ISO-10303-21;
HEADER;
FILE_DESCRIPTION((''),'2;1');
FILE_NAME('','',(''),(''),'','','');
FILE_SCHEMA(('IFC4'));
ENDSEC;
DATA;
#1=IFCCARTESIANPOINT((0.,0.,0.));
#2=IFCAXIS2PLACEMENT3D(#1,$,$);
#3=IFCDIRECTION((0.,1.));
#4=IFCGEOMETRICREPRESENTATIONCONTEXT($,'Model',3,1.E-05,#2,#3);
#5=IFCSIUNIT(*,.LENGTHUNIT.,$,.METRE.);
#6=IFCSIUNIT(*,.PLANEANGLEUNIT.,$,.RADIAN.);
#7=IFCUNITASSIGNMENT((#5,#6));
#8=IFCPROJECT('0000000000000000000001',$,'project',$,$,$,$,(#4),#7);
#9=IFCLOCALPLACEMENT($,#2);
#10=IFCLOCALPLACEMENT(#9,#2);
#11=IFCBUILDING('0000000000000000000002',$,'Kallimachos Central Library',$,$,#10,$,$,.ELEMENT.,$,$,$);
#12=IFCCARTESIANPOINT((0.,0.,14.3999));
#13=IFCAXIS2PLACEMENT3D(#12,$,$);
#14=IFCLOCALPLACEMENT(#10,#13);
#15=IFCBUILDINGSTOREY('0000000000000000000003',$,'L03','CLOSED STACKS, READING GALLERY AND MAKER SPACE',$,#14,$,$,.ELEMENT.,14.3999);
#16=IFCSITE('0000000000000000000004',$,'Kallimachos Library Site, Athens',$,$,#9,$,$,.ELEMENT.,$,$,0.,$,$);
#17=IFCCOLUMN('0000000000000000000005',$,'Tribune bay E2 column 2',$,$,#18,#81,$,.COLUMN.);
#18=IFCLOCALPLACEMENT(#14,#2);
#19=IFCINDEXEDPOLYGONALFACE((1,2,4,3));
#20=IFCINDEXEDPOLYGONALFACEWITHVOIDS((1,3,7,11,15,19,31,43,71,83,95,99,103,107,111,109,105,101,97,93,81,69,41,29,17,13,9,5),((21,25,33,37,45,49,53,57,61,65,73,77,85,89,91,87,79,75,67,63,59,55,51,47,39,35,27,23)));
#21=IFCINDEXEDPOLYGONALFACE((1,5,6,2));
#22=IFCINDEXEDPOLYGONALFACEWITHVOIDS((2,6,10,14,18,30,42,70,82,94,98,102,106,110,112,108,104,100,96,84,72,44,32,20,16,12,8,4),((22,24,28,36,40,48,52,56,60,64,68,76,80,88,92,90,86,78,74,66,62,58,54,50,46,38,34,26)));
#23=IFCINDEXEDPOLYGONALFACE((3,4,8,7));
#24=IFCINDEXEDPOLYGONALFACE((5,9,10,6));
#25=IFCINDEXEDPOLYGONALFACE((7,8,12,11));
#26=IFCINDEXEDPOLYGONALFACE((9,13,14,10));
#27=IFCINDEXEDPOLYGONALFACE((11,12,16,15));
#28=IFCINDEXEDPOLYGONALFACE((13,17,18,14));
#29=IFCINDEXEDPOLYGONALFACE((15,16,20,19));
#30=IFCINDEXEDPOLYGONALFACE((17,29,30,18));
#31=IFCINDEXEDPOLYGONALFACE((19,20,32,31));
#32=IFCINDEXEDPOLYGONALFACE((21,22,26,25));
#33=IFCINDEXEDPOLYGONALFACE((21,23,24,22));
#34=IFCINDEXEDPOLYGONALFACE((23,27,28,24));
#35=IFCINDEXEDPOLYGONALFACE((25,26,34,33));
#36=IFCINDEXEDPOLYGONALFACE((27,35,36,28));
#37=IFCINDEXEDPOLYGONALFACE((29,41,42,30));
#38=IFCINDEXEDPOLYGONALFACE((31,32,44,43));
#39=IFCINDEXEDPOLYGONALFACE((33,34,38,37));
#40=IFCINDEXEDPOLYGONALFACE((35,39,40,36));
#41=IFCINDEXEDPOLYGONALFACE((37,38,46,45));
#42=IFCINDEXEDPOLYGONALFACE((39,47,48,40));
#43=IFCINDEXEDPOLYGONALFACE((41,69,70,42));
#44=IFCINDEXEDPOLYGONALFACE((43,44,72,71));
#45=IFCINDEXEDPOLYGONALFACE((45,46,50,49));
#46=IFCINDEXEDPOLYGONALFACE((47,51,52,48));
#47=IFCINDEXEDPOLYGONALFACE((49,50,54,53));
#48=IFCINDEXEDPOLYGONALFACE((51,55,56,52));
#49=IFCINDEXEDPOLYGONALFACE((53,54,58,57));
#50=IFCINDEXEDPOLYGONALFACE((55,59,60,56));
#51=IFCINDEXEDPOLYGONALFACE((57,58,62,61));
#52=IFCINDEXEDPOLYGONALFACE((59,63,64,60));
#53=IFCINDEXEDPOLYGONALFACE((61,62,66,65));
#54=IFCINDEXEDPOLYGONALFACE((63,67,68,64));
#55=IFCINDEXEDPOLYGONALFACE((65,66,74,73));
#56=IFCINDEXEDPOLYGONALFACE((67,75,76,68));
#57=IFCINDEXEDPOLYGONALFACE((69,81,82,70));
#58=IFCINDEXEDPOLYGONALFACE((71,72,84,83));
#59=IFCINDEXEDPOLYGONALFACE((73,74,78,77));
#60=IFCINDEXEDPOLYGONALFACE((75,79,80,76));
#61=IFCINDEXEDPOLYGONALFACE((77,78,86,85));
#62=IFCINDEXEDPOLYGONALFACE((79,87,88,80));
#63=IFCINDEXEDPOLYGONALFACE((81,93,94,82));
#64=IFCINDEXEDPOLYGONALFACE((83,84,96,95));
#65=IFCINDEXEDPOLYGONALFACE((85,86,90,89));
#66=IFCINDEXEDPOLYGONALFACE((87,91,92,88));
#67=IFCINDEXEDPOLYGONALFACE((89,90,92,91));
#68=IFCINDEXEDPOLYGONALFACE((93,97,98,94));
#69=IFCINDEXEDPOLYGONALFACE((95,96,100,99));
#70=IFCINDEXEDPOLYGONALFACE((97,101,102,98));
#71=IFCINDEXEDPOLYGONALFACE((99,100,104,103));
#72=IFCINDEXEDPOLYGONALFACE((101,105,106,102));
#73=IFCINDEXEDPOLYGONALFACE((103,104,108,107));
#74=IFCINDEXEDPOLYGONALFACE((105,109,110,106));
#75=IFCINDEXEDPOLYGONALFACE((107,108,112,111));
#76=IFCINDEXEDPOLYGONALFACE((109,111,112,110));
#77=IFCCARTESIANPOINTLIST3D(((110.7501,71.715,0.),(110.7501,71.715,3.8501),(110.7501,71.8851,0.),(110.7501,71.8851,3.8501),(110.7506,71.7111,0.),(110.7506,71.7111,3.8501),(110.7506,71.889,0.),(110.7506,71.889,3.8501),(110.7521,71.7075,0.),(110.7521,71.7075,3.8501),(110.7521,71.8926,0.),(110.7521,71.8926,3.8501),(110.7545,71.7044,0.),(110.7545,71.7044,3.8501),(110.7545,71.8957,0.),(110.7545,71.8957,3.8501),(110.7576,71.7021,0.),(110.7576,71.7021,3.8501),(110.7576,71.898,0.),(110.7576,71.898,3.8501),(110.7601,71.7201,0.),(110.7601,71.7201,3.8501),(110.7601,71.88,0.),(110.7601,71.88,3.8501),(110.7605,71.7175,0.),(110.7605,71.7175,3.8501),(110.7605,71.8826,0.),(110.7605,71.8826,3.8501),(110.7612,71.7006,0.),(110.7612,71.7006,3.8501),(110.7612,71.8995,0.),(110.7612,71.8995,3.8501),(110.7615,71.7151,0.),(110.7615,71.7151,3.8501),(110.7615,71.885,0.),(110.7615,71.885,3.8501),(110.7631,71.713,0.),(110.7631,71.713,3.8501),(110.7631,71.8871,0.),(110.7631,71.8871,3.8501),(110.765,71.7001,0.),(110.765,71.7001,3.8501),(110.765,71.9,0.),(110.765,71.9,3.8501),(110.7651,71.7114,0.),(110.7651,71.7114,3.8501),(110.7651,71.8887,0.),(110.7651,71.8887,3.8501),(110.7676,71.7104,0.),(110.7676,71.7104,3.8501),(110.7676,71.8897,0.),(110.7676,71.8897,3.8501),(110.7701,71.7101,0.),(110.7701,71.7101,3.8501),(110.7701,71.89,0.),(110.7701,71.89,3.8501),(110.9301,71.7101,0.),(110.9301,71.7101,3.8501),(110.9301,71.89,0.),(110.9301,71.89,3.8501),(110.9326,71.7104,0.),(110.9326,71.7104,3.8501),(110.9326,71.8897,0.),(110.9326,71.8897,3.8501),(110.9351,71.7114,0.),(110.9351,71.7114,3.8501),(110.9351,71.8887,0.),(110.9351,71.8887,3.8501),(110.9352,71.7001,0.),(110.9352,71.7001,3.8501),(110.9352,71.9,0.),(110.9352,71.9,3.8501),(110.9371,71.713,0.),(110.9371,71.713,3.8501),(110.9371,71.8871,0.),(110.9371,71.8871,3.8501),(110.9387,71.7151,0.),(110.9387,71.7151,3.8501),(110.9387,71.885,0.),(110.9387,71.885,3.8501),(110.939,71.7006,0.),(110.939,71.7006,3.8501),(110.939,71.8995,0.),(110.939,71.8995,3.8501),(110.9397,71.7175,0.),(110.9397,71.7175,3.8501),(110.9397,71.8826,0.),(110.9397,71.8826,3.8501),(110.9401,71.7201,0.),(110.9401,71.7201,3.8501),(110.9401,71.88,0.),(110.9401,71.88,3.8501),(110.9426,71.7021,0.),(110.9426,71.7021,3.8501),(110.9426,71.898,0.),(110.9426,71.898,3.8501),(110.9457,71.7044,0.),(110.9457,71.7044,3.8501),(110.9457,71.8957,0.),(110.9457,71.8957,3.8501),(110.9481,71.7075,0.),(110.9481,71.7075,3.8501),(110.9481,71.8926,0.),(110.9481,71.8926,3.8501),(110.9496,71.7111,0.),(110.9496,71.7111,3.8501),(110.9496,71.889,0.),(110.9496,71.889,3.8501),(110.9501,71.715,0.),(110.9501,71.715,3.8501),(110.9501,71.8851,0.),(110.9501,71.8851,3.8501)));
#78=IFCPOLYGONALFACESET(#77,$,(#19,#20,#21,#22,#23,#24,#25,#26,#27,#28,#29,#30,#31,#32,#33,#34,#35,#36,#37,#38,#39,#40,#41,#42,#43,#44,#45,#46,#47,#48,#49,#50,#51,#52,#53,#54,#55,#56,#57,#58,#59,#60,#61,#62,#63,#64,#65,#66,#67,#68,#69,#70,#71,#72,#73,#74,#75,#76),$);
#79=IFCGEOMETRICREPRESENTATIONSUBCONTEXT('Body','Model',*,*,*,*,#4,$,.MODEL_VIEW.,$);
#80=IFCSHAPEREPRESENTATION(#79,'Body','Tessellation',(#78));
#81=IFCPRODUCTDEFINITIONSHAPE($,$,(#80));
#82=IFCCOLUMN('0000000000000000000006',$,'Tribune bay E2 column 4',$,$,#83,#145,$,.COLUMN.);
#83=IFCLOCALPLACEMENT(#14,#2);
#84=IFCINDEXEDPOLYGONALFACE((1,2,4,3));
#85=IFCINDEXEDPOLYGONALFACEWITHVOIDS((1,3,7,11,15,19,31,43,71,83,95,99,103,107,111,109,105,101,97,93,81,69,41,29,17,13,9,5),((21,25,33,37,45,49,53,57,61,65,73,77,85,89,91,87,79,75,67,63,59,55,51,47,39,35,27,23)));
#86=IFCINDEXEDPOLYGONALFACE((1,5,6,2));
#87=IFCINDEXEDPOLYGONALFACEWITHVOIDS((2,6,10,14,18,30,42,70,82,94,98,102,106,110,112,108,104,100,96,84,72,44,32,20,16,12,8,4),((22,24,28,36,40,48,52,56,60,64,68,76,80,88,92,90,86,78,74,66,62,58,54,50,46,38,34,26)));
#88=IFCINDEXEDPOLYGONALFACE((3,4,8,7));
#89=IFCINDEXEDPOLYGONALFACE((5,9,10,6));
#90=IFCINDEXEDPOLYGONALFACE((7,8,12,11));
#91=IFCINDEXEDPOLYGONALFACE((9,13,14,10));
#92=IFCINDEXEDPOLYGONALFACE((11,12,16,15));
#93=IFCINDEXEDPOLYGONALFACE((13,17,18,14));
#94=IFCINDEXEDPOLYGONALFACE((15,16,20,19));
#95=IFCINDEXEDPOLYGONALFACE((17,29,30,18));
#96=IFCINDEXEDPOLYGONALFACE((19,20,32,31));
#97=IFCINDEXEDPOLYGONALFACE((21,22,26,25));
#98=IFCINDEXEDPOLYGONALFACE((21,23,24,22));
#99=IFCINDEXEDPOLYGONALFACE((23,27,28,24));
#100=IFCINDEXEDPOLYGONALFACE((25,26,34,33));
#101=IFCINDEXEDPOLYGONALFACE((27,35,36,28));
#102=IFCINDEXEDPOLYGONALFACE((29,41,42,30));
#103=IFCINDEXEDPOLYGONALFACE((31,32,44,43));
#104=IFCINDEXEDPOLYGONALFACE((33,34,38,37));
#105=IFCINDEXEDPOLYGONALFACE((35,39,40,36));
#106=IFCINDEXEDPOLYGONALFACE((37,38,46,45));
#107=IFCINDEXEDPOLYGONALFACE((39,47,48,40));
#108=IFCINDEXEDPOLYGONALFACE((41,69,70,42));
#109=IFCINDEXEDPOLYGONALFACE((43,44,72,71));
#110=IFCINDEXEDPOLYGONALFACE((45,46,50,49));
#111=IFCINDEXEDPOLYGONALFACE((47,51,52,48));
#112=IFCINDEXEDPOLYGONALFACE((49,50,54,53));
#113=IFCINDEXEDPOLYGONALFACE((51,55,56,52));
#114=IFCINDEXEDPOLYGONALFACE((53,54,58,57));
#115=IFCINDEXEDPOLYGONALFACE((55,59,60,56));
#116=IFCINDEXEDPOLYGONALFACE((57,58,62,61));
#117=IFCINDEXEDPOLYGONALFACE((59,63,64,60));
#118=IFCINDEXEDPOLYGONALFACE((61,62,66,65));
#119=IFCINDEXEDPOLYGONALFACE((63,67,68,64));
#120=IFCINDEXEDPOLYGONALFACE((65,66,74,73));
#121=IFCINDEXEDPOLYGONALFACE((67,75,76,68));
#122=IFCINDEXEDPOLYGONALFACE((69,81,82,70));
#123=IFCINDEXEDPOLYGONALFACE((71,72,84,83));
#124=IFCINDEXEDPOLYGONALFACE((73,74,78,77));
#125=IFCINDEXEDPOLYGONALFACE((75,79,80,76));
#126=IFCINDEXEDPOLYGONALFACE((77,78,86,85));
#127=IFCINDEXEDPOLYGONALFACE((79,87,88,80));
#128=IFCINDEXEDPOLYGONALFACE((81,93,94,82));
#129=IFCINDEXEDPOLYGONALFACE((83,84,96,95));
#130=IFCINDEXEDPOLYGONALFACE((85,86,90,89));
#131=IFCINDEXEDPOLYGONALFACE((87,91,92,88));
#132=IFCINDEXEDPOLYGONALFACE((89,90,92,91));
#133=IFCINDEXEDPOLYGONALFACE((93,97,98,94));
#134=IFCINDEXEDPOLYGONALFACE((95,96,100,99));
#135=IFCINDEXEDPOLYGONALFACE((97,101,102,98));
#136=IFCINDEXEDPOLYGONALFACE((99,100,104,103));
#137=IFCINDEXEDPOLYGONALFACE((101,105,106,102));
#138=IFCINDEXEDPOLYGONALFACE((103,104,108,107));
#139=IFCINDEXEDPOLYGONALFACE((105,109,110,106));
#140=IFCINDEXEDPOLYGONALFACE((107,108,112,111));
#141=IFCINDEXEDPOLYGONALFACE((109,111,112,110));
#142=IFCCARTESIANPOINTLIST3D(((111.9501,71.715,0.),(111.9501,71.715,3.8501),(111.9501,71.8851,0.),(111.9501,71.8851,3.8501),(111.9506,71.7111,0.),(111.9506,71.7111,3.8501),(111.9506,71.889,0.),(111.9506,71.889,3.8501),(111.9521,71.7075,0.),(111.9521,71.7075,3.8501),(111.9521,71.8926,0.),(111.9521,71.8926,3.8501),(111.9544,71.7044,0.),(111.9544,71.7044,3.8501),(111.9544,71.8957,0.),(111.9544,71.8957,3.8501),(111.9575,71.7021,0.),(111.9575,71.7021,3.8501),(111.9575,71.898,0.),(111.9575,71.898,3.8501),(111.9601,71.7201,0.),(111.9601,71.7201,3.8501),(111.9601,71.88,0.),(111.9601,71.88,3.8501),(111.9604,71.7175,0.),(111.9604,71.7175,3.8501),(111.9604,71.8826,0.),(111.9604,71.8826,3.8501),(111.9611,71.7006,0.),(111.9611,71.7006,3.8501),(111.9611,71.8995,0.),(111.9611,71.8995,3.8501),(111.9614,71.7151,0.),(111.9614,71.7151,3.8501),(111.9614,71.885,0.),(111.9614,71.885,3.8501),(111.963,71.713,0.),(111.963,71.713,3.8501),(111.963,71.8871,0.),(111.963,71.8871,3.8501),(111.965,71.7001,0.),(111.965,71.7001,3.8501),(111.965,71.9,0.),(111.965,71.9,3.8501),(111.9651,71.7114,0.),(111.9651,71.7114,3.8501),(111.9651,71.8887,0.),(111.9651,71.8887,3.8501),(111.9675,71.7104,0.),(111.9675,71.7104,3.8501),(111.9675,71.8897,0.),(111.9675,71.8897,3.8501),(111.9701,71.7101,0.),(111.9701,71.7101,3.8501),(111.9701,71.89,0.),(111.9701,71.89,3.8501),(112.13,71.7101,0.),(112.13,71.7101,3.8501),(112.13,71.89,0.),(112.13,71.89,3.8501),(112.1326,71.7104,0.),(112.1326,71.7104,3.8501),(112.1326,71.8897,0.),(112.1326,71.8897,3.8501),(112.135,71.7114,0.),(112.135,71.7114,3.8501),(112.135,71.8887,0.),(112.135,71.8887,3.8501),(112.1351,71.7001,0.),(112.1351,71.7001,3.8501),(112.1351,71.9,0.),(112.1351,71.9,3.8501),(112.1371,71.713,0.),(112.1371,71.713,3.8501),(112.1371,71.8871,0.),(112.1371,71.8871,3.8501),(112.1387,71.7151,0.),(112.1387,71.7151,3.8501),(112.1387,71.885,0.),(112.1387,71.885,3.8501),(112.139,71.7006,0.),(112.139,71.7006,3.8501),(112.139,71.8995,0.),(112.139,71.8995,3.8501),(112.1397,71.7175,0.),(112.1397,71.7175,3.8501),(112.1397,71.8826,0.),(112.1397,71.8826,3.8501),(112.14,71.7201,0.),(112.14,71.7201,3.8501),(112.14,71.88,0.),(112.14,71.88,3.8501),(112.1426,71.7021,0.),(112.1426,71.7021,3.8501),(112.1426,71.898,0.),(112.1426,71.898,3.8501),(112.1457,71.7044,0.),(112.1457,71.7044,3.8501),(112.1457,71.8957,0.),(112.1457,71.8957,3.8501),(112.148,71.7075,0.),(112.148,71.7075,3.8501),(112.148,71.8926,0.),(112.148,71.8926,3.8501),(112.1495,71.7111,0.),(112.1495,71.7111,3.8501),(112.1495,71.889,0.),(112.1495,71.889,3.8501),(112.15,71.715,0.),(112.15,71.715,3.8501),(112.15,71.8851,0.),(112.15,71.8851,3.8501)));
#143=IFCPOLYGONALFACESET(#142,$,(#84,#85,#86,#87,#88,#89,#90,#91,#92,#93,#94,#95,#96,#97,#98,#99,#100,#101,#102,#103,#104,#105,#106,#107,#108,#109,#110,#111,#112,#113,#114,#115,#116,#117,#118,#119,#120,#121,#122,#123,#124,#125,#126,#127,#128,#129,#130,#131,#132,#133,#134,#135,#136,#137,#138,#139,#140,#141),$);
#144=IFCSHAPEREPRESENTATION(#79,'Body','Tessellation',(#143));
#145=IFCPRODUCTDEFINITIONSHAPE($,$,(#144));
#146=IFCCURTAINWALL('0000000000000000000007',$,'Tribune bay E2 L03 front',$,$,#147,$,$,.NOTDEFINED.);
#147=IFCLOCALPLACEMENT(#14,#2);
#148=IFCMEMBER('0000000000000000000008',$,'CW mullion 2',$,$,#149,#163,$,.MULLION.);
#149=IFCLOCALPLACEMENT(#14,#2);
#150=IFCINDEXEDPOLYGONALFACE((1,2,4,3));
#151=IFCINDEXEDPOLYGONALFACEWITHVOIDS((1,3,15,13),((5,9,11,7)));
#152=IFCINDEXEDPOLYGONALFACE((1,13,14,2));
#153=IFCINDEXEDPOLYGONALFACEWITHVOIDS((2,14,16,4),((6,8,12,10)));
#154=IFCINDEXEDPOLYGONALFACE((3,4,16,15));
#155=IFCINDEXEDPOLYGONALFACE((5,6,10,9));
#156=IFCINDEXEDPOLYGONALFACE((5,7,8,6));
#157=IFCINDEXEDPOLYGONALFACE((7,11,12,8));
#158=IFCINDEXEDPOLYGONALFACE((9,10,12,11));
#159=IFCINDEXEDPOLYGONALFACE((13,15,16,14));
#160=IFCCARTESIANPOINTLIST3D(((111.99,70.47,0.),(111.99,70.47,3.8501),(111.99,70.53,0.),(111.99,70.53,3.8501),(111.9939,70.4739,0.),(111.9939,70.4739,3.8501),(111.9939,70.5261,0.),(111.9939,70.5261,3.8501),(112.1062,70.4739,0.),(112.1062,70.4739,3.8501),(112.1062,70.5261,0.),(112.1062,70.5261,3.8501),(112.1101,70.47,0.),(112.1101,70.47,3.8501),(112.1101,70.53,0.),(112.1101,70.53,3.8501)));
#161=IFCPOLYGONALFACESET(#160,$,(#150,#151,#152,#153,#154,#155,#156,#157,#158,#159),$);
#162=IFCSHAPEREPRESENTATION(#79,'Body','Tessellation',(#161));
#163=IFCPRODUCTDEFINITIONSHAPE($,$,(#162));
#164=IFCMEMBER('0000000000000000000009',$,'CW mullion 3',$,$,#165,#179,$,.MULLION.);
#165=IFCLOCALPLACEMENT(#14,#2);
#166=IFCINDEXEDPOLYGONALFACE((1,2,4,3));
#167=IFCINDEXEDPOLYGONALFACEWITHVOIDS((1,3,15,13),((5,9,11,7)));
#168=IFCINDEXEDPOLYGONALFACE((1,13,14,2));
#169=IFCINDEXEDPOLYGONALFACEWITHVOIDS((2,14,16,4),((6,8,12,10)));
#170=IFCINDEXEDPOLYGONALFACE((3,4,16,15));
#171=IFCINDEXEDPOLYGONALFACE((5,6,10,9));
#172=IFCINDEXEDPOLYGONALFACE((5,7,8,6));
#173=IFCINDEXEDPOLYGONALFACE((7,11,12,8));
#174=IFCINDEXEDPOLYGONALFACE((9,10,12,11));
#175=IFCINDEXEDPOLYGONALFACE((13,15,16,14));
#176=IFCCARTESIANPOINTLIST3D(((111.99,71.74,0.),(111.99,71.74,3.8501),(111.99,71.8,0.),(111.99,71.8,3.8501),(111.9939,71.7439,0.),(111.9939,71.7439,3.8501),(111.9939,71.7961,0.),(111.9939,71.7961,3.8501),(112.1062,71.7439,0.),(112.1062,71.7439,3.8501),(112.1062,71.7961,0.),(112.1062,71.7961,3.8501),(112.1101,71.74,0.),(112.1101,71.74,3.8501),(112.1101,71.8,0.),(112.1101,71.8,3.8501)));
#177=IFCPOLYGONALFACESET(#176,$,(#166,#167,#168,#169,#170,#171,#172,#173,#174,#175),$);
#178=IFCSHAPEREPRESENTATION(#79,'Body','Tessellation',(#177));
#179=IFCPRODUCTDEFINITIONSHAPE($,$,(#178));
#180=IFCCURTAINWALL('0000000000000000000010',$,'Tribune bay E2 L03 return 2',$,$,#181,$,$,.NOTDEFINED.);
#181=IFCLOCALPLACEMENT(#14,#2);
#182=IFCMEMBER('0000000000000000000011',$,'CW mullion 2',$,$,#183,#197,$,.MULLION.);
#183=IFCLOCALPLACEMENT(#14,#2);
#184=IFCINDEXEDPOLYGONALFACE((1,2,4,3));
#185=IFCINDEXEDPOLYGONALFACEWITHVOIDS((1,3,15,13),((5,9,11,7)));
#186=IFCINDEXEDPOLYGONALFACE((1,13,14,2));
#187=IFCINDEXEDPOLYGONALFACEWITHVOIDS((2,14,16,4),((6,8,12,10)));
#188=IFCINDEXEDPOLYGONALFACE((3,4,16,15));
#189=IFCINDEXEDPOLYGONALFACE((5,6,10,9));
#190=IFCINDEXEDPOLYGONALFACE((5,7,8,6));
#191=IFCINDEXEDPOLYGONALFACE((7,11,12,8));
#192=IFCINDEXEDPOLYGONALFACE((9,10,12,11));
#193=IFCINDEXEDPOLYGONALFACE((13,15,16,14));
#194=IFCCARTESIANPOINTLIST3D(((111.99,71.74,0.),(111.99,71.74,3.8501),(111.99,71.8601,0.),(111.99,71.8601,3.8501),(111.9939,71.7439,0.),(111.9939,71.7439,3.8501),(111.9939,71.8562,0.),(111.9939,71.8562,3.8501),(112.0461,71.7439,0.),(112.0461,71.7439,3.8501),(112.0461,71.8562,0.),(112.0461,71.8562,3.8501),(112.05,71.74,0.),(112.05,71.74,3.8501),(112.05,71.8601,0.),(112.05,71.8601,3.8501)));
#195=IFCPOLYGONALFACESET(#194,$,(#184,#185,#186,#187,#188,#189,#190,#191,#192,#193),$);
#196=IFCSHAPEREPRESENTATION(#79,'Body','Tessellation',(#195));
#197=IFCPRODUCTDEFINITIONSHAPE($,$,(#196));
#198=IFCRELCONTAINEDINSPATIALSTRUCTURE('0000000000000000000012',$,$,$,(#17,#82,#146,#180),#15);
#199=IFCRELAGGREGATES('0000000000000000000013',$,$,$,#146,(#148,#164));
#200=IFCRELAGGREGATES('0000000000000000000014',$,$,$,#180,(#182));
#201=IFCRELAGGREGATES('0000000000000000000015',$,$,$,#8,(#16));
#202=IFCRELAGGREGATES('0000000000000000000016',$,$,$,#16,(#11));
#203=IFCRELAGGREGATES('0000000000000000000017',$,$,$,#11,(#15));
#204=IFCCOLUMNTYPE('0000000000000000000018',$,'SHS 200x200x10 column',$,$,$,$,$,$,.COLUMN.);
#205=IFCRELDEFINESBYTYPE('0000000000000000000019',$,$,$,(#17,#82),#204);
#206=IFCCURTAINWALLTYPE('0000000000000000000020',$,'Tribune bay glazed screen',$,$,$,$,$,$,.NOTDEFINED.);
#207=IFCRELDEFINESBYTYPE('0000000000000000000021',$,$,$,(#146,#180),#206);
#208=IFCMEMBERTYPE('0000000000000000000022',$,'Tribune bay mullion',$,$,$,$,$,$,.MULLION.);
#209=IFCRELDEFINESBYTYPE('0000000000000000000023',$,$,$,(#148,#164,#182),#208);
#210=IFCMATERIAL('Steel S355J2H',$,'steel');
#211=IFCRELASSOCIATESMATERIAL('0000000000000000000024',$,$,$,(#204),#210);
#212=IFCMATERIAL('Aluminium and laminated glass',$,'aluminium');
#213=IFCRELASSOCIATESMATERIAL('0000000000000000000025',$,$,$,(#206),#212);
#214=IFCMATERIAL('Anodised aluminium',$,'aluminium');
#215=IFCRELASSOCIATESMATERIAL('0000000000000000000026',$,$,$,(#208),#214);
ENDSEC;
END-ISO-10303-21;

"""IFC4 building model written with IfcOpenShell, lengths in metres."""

from ifc_helpers import new_model, si_unit, direction, frame, origin, origin_2d, place, context, subcontext, project, spatial, hollow_rectangle, extrude, material, material_profile, profile_set, type_object, element, aggregate, save


model = new_model("IFC4")

# Units and contexts
model_context = context("Model", 3, precision=1e-05, world=origin(), true_north=direction((0.0, 1.0)))
body_context = subcontext(model_context, "Body", "Model", "MODEL_VIEW")
ifc_project = project(units=[si_unit("LENGTHUNIT", "METRE"), si_unit("PLANEANGLEUNIT", "RADIAN")], contexts=[model_context])

# Site, building, storey
site_placement = place(None, origin())
site = spatial("IfcSite", under=ifc_project, at=site_placement, Name="Kallimachos Library Site, Athens", CompositionType="ELEMENT", RefElevation=0.0)
building_placement = place(site_placement, origin())
building = spatial("IfcBuilding", under=site, at=building_placement, Name="Kallimachos Central Library", CompositionType="ELEMENT")
storey_placement = place(building_placement, frame((0.0, 0.0, 14.3999)))
storey = spatial("IfcBuildingStorey", under=building, at=storey_placement, Name="L03", Description="CLOSED STACKS, READING GALLERY AND MAKER SPACE", CompositionType="ELEMENT", Elevation=14.3999)

# Columns
ifc_material_1 = material(Name="Steel S355J2H", Category="steel")
ifc_material_profile_1 = material_profile(ifc_material_1, hollow_rectangle(XDim=0.2, YDim=0.2, WallThickness=0.01, InnerFilletRadius=0.01, OuterFilletRadius=0.0149, at=origin_2d()), Name="SHS 200x200x10")
ifc_profile_set_1 = profile_set([ifc_material_profile_1], Name="Steel S355J2H")
column_type = type_object("IfcColumnType", Name="SHS 200x200x10 column", PredefinedType="COLUMN", material=ifc_profile_set_1)
for number, where, z_axis, x_axis, name in (
    (1, (110.8501, 71.8, 0.0), (0.0, 0.0, 1.0), (1.0, 0.0, 0.0), "Tribune bay E2 column 2"),
    (2, (112.05, 71.8, 0.0), (0.0, 0.0, 1.0), (1.0, 0.0, 0.0), "Tribune bay E2 column 4"),
):
    element("IfcColumn", number, at=place(storey_placement, frame(where, z_axis=z_axis, x_axis=x_axis)), inside=storey, type_object=column_type, Name=name, PredefinedType="COLUMN", context=body_context, shape_type="SweptSolid", body=[
        extrude(hollow_rectangle(XDim=0.2, YDim=0.2, WallThickness=0.01, InnerFilletRadius=0.01, OuterFilletRadius=0.0149, at=origin_2d()), origin(), (0.0, 0.0, 1.0), 3.8501),
    ])

# Curtain wall, members
ifc_material_2 = material(Name="Aluminium and laminated glass", Category="aluminium")
curtain_wall_type = type_object("IfcCurtainWallType", Name="Tribune bay glazed screen", PredefinedType="NOTDEFINED", material=ifc_material_2)
curtain_wall_1_placement = place(storey_placement, origin())
curtain_wall_1 = element("IfcCurtainWall", 3, at=curtain_wall_1_placement, inside=storey, type_object=curtain_wall_type, Name="Tribune bay E2 L03 front", PredefinedType="NOTDEFINED")
ifc_material_3 = material(Name="Anodised aluminium", Category="aluminium")
ifc_material_profile_2 = material_profile(ifc_material_3, hollow_rectangle(XDim=0.0601, YDim=0.1201, WallThickness=0.0039, at=origin_2d()), Name="ALU MULLION 60x120")
ifc_profile_set_2 = profile_set([ifc_material_profile_2], Name="Anodised aluminium")
member_type_1 = type_object("IfcMemberType", Name="Tribune bay mullion", PredefinedType="MULLION", material=ifc_profile_set_2)
member_1_placement = place(storey_placement, frame((112.05, 70.5, 0.0), z_axis=(0.0, 0.0, 1.0), x_axis=(0.0, 1.0, 0.0)))
member_1 = element("IfcMember", 4, at=member_1_placement, type_object=member_type_1, Name="CW mullion 2", PredefinedType="MULLION", context=body_context, shape_type="SweptSolid", body=[
    extrude(hollow_rectangle(XDim=0.0601, YDim=0.1201, WallThickness=0.0039, at=origin_2d()), origin(), (0.0, 0.0, 1.0), 3.8501),
])
member_2_placement = place(storey_placement, frame((112.05, 71.77, 0.0), z_axis=(0.0, 0.0, 1.0), x_axis=(0.0, 1.0, 0.0)))
member_2 = element("IfcMember", 5, at=member_2_placement, type_object=member_type_1, Name="CW mullion 3", PredefinedType="MULLION", context=body_context, shape_type="SweptSolid", body=[
    extrude(hollow_rectangle(XDim=0.0601, YDim=0.1201, WallThickness=0.0039, at=origin_2d()), origin(), (0.0, 0.0, 1.0), 3.8501),
])

# Curtain wall, member
curtain_wall_2_placement = place(storey_placement, origin())
curtain_wall_2 = element("IfcCurtainWall", 6, at=curtain_wall_2_placement, inside=storey, type_object=curtain_wall_type, Name="Tribune bay E2 L03 return 2", PredefinedType="NOTDEFINED")
member_3_placement = place(storey_placement, frame((112.02, 71.8, 0.0), z_axis=(0.0, 0.0, 1.0), x_axis=(1.0, 0.0, 0.0)))
member_3 = element("IfcMember", 7, at=member_3_placement, type_object=member_type_1, Name="CW mullion 2", PredefinedType="MULLION", context=body_context, shape_type="SweptSolid", body=[
    extrude(hollow_rectangle(XDim=0.0601, YDim=0.1201, WallThickness=0.0039, at=origin_2d()), origin(), (0.0, 0.0, 1.0), 3.8501),
])

aggregate(curtain_wall_1, [member_1, member_2])
aggregate(curtain_wall_2, [member_3])

save(model, "model.ifc")
